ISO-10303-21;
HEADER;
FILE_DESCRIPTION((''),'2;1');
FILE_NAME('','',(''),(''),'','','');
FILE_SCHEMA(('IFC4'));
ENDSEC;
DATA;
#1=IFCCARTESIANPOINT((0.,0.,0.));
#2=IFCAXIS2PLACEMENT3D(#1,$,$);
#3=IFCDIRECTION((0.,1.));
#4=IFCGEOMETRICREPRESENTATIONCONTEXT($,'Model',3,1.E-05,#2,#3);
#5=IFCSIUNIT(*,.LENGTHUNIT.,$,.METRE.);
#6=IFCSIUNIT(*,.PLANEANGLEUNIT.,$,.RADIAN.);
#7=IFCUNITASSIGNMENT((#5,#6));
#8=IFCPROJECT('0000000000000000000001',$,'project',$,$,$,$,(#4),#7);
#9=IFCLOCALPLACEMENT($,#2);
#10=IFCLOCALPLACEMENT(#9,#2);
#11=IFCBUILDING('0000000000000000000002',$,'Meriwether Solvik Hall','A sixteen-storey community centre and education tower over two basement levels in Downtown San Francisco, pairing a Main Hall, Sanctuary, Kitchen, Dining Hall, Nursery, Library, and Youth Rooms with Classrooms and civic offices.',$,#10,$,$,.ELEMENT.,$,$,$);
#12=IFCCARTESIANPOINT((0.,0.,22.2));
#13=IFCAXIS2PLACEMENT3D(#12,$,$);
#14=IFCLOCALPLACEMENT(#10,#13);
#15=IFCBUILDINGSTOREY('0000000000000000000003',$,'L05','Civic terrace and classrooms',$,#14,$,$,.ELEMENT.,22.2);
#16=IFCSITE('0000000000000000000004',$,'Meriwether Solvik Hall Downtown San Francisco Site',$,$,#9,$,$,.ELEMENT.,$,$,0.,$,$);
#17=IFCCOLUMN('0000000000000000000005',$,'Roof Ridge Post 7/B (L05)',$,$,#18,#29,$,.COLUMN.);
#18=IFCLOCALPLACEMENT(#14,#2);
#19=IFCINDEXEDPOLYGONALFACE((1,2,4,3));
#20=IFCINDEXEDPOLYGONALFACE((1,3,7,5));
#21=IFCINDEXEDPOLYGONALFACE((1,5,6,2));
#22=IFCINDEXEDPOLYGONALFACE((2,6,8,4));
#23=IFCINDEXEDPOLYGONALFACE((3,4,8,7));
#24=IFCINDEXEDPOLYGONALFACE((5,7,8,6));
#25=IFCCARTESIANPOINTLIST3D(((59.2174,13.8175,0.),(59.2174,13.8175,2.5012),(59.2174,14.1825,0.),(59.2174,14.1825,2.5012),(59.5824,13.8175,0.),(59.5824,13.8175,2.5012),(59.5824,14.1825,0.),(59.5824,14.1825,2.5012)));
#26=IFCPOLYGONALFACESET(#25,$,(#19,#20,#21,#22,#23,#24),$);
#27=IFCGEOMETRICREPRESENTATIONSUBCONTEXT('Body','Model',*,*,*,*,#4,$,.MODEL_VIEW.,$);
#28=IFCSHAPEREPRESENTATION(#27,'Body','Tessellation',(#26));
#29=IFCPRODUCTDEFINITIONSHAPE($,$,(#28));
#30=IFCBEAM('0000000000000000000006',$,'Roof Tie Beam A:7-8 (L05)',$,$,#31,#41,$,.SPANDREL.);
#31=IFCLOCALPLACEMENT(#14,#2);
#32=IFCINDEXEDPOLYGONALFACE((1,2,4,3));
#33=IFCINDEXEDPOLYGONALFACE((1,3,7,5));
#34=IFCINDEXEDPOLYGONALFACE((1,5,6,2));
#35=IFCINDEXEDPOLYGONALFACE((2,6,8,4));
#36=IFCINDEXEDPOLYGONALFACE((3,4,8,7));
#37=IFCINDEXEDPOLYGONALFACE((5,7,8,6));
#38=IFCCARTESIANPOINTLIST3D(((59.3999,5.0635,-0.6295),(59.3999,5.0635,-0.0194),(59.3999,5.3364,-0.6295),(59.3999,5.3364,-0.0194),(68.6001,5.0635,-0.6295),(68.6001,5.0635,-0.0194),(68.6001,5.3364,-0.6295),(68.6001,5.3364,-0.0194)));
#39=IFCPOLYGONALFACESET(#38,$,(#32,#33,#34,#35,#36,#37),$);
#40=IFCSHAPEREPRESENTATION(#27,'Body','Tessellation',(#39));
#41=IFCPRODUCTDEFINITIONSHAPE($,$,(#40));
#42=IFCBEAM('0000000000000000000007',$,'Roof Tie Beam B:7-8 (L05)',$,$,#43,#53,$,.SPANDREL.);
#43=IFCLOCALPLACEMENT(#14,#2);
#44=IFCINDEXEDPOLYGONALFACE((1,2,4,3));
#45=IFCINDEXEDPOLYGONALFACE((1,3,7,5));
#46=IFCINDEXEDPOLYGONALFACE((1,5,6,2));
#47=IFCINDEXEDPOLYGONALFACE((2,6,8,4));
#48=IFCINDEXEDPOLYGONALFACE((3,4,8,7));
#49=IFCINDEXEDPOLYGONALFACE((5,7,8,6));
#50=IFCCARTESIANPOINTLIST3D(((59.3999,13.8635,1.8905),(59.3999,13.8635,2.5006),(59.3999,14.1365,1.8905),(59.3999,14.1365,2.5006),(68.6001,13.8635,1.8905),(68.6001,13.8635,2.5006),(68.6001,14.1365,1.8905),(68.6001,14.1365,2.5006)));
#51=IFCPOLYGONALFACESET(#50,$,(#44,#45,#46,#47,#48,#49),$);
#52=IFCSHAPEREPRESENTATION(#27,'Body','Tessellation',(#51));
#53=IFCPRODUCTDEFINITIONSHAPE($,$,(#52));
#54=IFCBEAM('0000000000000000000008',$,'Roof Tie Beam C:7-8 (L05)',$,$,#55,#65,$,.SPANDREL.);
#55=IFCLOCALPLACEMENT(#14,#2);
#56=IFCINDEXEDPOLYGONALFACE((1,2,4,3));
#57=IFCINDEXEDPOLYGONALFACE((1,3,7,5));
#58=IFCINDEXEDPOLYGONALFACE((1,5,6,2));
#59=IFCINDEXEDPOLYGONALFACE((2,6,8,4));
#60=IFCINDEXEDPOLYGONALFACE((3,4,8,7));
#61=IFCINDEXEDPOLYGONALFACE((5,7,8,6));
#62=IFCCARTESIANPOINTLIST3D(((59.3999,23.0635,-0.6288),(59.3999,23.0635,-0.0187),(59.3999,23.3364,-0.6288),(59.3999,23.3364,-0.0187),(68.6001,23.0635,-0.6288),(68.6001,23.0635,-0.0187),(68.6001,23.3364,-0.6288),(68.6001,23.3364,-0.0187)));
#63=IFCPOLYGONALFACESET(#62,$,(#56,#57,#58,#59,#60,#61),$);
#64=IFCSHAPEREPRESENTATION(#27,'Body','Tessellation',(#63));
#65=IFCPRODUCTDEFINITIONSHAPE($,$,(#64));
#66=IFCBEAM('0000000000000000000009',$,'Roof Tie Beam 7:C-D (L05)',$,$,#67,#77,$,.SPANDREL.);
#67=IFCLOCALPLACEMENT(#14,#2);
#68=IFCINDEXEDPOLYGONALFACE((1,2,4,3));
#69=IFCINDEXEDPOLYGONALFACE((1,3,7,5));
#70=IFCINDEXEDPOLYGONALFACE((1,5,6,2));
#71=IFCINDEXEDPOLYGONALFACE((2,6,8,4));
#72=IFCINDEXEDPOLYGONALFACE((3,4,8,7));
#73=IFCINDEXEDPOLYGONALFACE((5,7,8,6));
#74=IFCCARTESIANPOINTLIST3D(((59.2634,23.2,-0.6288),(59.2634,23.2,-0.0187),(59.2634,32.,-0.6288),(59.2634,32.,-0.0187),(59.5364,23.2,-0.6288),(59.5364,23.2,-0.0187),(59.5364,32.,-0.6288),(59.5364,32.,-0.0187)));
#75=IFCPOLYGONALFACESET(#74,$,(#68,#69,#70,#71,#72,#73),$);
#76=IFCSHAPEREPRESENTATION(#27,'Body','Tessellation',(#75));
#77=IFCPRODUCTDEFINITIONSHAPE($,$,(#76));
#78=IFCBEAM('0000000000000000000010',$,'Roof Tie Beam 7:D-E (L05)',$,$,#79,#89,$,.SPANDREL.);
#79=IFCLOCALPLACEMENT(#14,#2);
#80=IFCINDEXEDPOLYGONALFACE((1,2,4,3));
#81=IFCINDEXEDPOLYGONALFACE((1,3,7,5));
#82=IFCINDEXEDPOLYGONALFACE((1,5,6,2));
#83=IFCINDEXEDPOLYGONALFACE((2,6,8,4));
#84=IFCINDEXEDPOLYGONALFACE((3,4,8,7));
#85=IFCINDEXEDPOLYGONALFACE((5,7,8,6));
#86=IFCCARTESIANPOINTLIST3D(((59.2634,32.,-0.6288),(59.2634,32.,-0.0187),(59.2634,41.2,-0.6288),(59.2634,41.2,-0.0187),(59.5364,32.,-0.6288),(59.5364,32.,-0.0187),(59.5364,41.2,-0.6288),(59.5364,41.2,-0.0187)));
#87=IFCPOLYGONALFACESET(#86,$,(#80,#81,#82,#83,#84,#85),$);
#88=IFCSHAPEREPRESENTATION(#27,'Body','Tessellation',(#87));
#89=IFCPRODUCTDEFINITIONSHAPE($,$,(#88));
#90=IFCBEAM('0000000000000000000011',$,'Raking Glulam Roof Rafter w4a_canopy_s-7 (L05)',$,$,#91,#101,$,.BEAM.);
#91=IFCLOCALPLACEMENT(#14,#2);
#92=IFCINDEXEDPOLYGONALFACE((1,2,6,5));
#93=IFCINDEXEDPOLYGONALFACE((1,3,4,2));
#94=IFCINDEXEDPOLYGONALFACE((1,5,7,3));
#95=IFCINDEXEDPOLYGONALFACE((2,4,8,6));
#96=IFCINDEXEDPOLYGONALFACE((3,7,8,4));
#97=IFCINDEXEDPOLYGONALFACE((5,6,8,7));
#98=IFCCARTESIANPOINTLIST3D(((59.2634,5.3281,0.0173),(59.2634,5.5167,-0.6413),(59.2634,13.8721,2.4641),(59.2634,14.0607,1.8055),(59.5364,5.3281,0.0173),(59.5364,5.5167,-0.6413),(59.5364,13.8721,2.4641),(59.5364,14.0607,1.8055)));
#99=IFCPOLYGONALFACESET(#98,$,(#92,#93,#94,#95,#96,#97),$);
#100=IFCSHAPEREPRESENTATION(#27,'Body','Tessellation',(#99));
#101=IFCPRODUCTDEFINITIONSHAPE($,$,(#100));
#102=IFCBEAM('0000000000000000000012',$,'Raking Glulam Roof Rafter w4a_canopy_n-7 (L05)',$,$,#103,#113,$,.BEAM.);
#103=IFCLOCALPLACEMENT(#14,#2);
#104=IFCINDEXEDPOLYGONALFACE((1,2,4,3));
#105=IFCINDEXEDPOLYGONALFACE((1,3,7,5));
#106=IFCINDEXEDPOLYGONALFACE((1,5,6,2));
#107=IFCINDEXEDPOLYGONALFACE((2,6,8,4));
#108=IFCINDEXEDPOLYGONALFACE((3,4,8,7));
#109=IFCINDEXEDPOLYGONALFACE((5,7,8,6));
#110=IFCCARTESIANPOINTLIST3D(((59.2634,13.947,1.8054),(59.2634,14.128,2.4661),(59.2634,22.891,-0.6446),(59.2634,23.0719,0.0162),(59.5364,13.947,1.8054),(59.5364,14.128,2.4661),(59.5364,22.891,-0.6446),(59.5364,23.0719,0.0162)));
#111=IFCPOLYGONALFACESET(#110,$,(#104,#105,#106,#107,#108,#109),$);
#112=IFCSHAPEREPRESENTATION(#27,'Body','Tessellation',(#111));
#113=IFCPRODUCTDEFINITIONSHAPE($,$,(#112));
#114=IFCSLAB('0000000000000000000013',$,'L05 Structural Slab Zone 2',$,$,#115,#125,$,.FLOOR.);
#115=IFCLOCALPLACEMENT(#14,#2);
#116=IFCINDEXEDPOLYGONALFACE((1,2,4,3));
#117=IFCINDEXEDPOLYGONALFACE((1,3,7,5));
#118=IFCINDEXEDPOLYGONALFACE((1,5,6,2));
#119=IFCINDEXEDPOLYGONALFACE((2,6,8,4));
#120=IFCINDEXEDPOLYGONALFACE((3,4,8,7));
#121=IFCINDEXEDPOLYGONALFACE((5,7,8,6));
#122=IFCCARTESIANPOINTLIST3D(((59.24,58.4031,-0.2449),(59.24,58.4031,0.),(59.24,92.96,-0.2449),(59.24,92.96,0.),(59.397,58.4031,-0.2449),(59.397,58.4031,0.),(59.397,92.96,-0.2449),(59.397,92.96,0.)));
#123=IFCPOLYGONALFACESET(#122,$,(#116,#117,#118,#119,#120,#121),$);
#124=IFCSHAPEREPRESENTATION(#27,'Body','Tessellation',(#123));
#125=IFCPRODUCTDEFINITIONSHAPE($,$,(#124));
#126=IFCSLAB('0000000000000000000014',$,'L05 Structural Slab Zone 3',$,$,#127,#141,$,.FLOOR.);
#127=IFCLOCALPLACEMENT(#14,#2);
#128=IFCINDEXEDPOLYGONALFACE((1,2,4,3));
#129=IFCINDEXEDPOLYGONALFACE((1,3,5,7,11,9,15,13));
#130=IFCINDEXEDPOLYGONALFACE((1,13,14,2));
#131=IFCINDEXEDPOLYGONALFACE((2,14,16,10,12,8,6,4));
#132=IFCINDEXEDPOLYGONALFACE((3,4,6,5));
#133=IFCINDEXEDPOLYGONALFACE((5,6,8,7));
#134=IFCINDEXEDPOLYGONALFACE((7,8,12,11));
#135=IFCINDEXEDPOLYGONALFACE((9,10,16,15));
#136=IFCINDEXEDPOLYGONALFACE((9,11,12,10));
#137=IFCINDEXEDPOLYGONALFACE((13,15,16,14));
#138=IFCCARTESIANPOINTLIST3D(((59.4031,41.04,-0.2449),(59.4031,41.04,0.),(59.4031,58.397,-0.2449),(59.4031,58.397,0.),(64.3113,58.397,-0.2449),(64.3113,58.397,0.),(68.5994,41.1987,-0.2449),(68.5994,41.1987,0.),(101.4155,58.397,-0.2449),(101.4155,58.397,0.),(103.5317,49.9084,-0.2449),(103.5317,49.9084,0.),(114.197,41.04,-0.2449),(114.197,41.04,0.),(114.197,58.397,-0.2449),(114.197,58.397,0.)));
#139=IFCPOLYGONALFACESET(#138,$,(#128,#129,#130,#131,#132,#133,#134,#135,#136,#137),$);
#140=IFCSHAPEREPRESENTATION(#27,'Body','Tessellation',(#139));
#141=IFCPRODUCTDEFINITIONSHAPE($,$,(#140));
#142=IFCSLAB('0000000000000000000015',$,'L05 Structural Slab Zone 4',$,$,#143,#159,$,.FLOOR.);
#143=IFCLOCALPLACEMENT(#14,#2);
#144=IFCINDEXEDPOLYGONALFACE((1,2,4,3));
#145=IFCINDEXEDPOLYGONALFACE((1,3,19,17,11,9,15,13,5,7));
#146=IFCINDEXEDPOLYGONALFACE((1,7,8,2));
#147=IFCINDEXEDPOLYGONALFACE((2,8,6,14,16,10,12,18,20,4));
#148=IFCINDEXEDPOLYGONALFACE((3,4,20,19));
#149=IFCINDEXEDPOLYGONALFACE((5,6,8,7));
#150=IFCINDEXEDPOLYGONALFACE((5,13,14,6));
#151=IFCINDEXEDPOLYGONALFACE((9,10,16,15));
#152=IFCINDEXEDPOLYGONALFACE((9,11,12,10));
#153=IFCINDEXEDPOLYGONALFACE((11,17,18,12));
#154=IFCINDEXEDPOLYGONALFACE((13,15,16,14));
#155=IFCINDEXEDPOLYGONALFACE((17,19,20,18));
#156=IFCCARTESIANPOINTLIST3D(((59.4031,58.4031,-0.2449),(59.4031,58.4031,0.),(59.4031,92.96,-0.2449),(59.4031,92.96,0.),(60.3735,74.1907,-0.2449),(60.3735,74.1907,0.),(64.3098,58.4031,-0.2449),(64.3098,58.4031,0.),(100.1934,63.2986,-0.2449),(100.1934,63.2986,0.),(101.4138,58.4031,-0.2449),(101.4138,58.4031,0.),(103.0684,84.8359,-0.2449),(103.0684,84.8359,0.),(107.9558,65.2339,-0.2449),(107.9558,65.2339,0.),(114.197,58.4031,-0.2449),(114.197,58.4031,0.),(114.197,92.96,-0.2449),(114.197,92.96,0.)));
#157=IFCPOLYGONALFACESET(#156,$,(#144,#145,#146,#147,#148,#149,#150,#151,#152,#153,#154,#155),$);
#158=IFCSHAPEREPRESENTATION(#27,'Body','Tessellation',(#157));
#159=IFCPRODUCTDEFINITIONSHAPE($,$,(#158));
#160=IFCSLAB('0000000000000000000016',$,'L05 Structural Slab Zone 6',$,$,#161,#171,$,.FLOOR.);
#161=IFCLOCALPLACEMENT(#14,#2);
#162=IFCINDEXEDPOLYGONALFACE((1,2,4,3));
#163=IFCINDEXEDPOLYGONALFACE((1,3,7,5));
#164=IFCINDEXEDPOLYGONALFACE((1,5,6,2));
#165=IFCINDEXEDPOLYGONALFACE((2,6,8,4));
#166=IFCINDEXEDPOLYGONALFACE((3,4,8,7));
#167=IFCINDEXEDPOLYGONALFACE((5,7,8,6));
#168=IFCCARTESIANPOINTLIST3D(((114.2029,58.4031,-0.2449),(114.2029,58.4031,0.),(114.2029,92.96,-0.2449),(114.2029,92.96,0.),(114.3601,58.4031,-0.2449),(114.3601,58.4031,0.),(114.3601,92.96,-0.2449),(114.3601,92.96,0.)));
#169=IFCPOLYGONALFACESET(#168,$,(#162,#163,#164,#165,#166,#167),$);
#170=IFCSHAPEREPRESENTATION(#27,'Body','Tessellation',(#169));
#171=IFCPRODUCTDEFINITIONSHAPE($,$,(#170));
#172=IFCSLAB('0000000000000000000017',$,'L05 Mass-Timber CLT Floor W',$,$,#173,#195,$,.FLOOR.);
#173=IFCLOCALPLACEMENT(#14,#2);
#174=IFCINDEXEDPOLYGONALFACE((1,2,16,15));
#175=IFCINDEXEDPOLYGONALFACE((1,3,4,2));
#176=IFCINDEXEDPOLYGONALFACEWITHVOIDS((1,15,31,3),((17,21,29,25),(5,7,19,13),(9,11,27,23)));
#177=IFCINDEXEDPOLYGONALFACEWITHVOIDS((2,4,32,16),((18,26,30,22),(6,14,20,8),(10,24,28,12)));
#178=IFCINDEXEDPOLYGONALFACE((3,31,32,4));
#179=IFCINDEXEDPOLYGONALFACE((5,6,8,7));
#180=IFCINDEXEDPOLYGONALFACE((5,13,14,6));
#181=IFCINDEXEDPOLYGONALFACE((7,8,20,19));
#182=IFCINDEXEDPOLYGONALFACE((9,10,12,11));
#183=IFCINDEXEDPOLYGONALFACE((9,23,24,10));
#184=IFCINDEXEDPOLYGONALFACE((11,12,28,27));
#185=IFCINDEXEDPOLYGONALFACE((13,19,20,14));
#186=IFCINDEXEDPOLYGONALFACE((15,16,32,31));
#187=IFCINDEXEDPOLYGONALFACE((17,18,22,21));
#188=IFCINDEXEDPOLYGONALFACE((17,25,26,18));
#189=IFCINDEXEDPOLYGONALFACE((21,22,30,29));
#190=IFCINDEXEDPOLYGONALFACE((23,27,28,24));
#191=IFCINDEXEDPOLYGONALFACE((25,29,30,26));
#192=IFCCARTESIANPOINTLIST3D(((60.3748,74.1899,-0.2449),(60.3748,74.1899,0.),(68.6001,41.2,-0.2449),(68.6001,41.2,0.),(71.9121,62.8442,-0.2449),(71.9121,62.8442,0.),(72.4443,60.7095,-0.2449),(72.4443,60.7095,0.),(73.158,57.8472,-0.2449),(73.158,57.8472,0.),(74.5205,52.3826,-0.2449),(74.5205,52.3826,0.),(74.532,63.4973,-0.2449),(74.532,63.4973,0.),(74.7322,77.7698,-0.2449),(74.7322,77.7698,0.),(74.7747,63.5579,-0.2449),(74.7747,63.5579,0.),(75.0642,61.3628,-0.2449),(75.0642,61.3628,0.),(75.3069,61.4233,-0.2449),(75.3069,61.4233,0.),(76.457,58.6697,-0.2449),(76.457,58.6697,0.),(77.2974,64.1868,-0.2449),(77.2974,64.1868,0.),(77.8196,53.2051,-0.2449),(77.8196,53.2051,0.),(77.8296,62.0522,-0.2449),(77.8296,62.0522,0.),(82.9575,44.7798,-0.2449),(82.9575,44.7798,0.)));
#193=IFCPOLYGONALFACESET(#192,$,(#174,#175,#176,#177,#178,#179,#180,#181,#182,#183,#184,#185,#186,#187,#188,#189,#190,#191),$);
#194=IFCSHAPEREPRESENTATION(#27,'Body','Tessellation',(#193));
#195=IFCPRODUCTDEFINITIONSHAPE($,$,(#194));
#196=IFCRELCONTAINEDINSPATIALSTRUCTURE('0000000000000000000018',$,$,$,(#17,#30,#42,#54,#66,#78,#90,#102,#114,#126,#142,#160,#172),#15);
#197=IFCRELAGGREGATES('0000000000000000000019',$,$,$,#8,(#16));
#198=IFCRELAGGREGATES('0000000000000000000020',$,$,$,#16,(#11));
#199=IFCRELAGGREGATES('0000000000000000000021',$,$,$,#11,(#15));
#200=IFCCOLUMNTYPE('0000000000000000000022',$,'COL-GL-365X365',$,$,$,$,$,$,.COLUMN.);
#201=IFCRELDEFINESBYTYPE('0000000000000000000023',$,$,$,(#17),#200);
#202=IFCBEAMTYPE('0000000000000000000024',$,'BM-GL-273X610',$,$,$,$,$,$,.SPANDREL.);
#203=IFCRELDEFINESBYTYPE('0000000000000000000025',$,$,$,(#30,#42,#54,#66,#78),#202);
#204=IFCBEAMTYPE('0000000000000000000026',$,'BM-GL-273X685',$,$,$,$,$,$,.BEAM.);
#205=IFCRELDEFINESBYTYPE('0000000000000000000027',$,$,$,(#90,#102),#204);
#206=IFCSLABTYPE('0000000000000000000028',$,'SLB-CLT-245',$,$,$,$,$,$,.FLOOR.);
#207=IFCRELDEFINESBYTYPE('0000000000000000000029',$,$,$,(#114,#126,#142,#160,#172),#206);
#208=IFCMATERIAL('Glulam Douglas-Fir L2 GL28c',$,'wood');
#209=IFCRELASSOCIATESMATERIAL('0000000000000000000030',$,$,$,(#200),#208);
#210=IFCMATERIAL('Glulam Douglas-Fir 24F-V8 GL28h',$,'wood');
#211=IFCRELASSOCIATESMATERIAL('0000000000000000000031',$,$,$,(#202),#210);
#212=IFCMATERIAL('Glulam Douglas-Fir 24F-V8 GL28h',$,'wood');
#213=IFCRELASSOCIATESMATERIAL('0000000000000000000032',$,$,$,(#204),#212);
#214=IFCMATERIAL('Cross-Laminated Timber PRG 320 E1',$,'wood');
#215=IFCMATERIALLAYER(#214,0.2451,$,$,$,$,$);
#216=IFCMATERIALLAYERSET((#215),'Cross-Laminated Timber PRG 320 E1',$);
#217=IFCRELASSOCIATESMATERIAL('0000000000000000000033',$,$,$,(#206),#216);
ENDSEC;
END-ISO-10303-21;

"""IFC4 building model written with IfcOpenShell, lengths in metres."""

from ifc_helpers import new_model, si_unit, direction, frame, origin, origin_2d, place, context, subcontext, project, spatial, polyline, rectangle, outline, extrude, material, layer, layer_set, material_profile, profile_set, type_object, element, save


model = new_model("IFC4")

# Units and contexts
model_context = context("Model", 3, precision=1e-05, world=origin(), true_north=direction((0.0, 1.0)))
body_context = subcontext(model_context, "Body", "Model", "MODEL_VIEW")
ifc_project = project(units=[si_unit("LENGTHUNIT", "METRE"), si_unit("PLANEANGLEUNIT", "RADIAN")], contexts=[model_context])

# Site, building, storey
site_placement = place(None, origin())
site = spatial("IfcSite", under=ifc_project, at=site_placement, Name="Meriwether Solvik Hall Downtown San Francisco Site", CompositionType="ELEMENT", RefElevation=0.0)
building_placement = place(site_placement, origin())
building = spatial("IfcBuilding", under=site, at=building_placement, Name="Meriwether Solvik Hall", Description="A sixteen-storey community centre and education tower over two basement levels in Downtown San Francisco, pairing a Main Hall, Sanctuary, Kitchen, Dining Hall, Nursery, Library, and Youth Rooms with Classrooms and civic offices.", CompositionType="ELEMENT")
storey_placement = place(building_placement, frame((0.0, 0.0, 22.2)))
storey = spatial("IfcBuildingStorey", under=building, at=storey_placement, Name="L05", Description="Civic terrace and classrooms", CompositionType="ELEMENT", Elevation=22.2)

# Column
ifc_material_1 = material(Name="Glulam Douglas-Fir L2 GL28c", Category="wood")
ifc_material_profile_1 = material_profile(ifc_material_1, rectangle(XDim=0.365, YDim=0.365, at=origin_2d()), Name="GLC-365X365")
ifc_profile_set_1 = profile_set([ifc_material_profile_1], Name="Glulam Douglas-Fir L2 GL28c")
column_type = type_object("IfcColumnType", Name="COL-GL-365X365", PredefinedType="COLUMN", material=ifc_profile_set_1)
column_placement = place(storey_placement, frame((59.3999, 14.0, 0.0), z_axis=(0.0, 0.0, 1.0), x_axis=(1.0, 0.0, 0.0)))
element("IfcColumn", 1, at=column_placement, inside=storey, type_object=column_type, Name="Roof Ridge Post 7/B (L05)", PredefinedType="COLUMN", context=body_context, shape_type="SweptSolid", body=[
    extrude(rectangle(XDim=0.365, YDim=0.365, at=origin_2d()), origin(), (0.0, 0.0, 1.0), 2.5012),
])

# Beams
ifc_material_2 = material(Name="Glulam Douglas-Fir 24F-V8 GL28h", Category="wood")
ifc_material_profile_2 = material_profile(ifc_material_2, rectangle(XDim=0.2729, YDim=0.6101, at=origin_2d()), Name="GLB-273X610")
ifc_profile_set_2 = profile_set([ifc_material_profile_2], Name="Glulam Douglas-Fir 24F-V8 GL28h")
beam_type_1 = type_object("IfcBeamType", Name="BM-GL-273X610", PredefinedType="SPANDREL", material=ifc_profile_set_2)
for number, where, z_axis, x_axis, name in (
    (2, (59.3999, 5.2, -0.3245), (1.0, 0.0, 0.0), (0.0, 1.0, 0.0), "Roof Tie Beam A:7-8 (L05)"),
    (3, (59.3999, 14.0, 2.1956), (1.0, 0.0, 0.0), (0.0, 1.0, 0.0), "Roof Tie Beam B:7-8 (L05)"),
    (4, (59.3999, 23.2, -0.3237), (1.0, 0.0, 0.0), (0.0, 1.0, 0.0), "Roof Tie Beam C:7-8 (L05)"),
):
    element("IfcBeam", number, at=place(storey_placement, frame(where, z_axis=z_axis, x_axis=x_axis)), inside=storey, type_object=beam_type_1, Name=name, PredefinedType="SPANDREL", context=body_context, shape_type="SweptSolid", body=[
        extrude(rectangle(XDim=0.2729, YDim=0.6101, at=origin_2d()), origin(), (0.0, 0.0, 1.0), 9.2002),
    ])
beam_1_placement = place(storey_placement, frame((59.3999, 23.2, -0.3237), z_axis=(0.0, 1.0, 0.0), x_axis=(-1.0, 0.0, 0.0)))
element("IfcBeam", 5, at=beam_1_placement, inside=storey, type_object=beam_type_1, Name="Roof Tie Beam 7:C-D (L05)", PredefinedType="SPANDREL", context=body_context, shape_type="SweptSolid", body=[
    extrude(rectangle(XDim=0.2729, YDim=0.6101, at=origin_2d()), origin(), (0.0, 0.0, 1.0), 8.8),
])
beam_2_placement = place(storey_placement, frame((59.3999, 32.0, -0.3237), z_axis=(0.0, 1.0, 0.0), x_axis=(-1.0, 0.0, 0.0)))
element("IfcBeam", 6, at=beam_2_placement, inside=storey, type_object=beam_type_1, Name="Roof Tie Beam 7:D-E (L05)", PredefinedType="SPANDREL", context=body_context, shape_type="SweptSolid", body=[
    extrude(rectangle(XDim=0.2729, YDim=0.6101, at=origin_2d()), origin(), (0.0, 0.0, 1.0), 9.2),
])
ifc_material_3 = material(Name="Glulam Douglas-Fir 24F-V8 GL28h", Category="wood")
ifc_material_profile_3 = material_profile(ifc_material_3, rectangle(XDim=0.2729, YDim=0.6851, at=origin_2d()), Name="GLB-273X685")
ifc_profile_set_3 = profile_set([ifc_material_profile_3], Name="Glulam Douglas-Fir 24F-V8 GL28h")
beam_type_2 = type_object("IfcBeamType", Name="BM-GL-273X685", PredefinedType="BEAM", material=ifc_profile_set_3)
beam_3_placement = place(storey_placement, frame((59.3999, 5.4224, -0.312), z_axis=(0.0, 0.961356, 0.275309), x_axis=(-1.0, 0.0, 0.0)))
element("IfcBeam", 7, at=beam_3_placement, inside=storey, type_object=beam_type_2, Name="Raking Glulam Roof Rafter w4a_canopy_s-7 (L05)", PredefinedType="BEAM", context=body_context, shape_type="SweptSolid", body=[
    extrude(rectangle(XDim=0.2729, YDim=0.6851, at=origin_2d()), origin(), (0.0, 0.0, 1.0), 8.8875),
])
beam_4_placement = place(storey_placement, frame((59.3999, 22.9814, -0.3142), z_axis=(0.0, -0.96447, 0.264193), x_axis=(1.0, 0.0, 0.0)))
element("IfcBeam", 8, at=beam_4_placement, inside=storey, type_object=beam_type_2, Name="Raking Glulam Roof Rafter w4a_canopy_n-7 (L05)", PredefinedType="BEAM", context=body_context, shape_type="SweptSolid", body=[
    extrude(rectangle(XDim=0.2729, YDim=0.6851, at=origin_2d()), origin(), (0.0, 0.0, 1.0), 9.2734),
])

# Slabs
ifc_material_4 = material(Name="Cross-Laminated Timber PRG 320 E1", Category="wood")
ifc_layer_1 = layer(ifc_material_4, 0.2451)
ifc_layer_set_1 = layer_set([ifc_layer_1], Name="Cross-Laminated Timber PRG 320 E1")
slab_type_1 = type_object("IfcSlabType", Name="SLB-CLT-245", PredefinedType="FLOOR", material=ifc_layer_set_1)
slab_1_placement = place(storey_placement, frame((0.0, 0.0, -0.2449)))
element("IfcSlab", 9, at=slab_1_placement, inside=storey, type_object=slab_type_1, Name="L05 Structural Slab Zone 2", PredefinedType="FLOOR", context=body_context, shape_type="SweptSolid", body=[
    extrude(outline(polyline([(59.24, 58.4031), (59.24, 92.96), (59.397, 92.96), (59.397, 58.4031), (59.24, 58.4031)])), origin(), (0.0, 0.0, 1.0), 0.2449),
])
slab_2_placement = place(storey_placement, frame((0.0, 0.0, -0.2449)))
element("IfcSlab", 10, at=slab_2_placement, inside=storey, type_object=slab_type_1, Name="L05 Structural Slab Zone 3", PredefinedType="FLOOR", context=body_context, shape_type="SweptSolid", body=[
    extrude(outline(polyline([(114.197, 41.04), (59.4031, 41.04), (59.4031, 58.397), (64.3113, 58.397), (68.5994, 41.1987), (103.5317, 49.9084), (101.4155, 58.397), (114.197, 58.397), (114.197, 41.04)])), origin(), (0.0, 0.0, 1.0), 0.2449),
])
slab_3_placement = place(storey_placement, frame((0.0, 0.0, -0.2449)))
element("IfcSlab", 11, at=slab_3_placement, inside=storey, type_object=slab_type_1, Name="L05 Structural Slab Zone 4", PredefinedType="FLOOR", context=body_context, shape_type="SweptSolid", body=[
    extrude(outline(polyline([(101.4138, 58.4031), (100.1934, 63.2986), (107.9558, 65.2339), (103.0684, 84.8359), (60.3735, 74.1907), (64.3098, 58.4031), (59.4031, 58.4031), (59.4031, 92.96), (114.197, 92.96), (114.197, 58.4031), (101.4138, 58.4031)])), origin(), (0.0, 0.0, 1.0), 0.2449),
])
slab_4_placement = place(storey_placement, frame((0.0, 0.0, -0.2449)))
element("IfcSlab", 12, at=slab_4_placement, inside=storey, type_object=slab_type_1, Name="L05 Structural Slab Zone 6", PredefinedType="FLOOR", context=body_context, shape_type="SweptSolid", body=[
    extrude(outline(polyline([(114.2029, 92.96), (114.3601, 92.96), (114.3601, 58.4031), (114.2029, 58.4031), (114.2029, 92.96)])), origin(), (0.0, 0.0, 1.0), 0.2449),
])
slab_5_placement = place(storey_placement, frame((0.0, 0.0, -0.2449)))
element("IfcSlab", 13, at=slab_5_placement, inside=storey, type_object=slab_type_1, Name="L05 Mass-Timber CLT Floor W", PredefinedType="FLOOR", context=body_context, shape_type="SweptSolid", body=[
    extrude(outline(polyline([(74.7322, 77.7698), (82.9575, 44.7798), (68.6001, 41.2), (60.3748, 74.1899), (74.7322, 77.7698)]), holes=[polyline([(73.158, 57.8472), (74.5205, 52.3826), (77.8196, 53.2051), (76.457, 58.6697), (73.158, 57.8472)]), polyline([(71.9121, 62.8442), (72.4443, 60.7095), (75.0642, 61.3628), (74.532, 63.4973), (71.9121, 62.8442)]), polyline([(74.7747, 63.5579), (75.3069, 61.4233), (77.8296, 62.0522), (77.2974, 64.1868), (74.7747, 63.5579)])]), origin(), (0.0, 0.0, 1.0), 0.2449),
])

save(model, "model.ifc")
